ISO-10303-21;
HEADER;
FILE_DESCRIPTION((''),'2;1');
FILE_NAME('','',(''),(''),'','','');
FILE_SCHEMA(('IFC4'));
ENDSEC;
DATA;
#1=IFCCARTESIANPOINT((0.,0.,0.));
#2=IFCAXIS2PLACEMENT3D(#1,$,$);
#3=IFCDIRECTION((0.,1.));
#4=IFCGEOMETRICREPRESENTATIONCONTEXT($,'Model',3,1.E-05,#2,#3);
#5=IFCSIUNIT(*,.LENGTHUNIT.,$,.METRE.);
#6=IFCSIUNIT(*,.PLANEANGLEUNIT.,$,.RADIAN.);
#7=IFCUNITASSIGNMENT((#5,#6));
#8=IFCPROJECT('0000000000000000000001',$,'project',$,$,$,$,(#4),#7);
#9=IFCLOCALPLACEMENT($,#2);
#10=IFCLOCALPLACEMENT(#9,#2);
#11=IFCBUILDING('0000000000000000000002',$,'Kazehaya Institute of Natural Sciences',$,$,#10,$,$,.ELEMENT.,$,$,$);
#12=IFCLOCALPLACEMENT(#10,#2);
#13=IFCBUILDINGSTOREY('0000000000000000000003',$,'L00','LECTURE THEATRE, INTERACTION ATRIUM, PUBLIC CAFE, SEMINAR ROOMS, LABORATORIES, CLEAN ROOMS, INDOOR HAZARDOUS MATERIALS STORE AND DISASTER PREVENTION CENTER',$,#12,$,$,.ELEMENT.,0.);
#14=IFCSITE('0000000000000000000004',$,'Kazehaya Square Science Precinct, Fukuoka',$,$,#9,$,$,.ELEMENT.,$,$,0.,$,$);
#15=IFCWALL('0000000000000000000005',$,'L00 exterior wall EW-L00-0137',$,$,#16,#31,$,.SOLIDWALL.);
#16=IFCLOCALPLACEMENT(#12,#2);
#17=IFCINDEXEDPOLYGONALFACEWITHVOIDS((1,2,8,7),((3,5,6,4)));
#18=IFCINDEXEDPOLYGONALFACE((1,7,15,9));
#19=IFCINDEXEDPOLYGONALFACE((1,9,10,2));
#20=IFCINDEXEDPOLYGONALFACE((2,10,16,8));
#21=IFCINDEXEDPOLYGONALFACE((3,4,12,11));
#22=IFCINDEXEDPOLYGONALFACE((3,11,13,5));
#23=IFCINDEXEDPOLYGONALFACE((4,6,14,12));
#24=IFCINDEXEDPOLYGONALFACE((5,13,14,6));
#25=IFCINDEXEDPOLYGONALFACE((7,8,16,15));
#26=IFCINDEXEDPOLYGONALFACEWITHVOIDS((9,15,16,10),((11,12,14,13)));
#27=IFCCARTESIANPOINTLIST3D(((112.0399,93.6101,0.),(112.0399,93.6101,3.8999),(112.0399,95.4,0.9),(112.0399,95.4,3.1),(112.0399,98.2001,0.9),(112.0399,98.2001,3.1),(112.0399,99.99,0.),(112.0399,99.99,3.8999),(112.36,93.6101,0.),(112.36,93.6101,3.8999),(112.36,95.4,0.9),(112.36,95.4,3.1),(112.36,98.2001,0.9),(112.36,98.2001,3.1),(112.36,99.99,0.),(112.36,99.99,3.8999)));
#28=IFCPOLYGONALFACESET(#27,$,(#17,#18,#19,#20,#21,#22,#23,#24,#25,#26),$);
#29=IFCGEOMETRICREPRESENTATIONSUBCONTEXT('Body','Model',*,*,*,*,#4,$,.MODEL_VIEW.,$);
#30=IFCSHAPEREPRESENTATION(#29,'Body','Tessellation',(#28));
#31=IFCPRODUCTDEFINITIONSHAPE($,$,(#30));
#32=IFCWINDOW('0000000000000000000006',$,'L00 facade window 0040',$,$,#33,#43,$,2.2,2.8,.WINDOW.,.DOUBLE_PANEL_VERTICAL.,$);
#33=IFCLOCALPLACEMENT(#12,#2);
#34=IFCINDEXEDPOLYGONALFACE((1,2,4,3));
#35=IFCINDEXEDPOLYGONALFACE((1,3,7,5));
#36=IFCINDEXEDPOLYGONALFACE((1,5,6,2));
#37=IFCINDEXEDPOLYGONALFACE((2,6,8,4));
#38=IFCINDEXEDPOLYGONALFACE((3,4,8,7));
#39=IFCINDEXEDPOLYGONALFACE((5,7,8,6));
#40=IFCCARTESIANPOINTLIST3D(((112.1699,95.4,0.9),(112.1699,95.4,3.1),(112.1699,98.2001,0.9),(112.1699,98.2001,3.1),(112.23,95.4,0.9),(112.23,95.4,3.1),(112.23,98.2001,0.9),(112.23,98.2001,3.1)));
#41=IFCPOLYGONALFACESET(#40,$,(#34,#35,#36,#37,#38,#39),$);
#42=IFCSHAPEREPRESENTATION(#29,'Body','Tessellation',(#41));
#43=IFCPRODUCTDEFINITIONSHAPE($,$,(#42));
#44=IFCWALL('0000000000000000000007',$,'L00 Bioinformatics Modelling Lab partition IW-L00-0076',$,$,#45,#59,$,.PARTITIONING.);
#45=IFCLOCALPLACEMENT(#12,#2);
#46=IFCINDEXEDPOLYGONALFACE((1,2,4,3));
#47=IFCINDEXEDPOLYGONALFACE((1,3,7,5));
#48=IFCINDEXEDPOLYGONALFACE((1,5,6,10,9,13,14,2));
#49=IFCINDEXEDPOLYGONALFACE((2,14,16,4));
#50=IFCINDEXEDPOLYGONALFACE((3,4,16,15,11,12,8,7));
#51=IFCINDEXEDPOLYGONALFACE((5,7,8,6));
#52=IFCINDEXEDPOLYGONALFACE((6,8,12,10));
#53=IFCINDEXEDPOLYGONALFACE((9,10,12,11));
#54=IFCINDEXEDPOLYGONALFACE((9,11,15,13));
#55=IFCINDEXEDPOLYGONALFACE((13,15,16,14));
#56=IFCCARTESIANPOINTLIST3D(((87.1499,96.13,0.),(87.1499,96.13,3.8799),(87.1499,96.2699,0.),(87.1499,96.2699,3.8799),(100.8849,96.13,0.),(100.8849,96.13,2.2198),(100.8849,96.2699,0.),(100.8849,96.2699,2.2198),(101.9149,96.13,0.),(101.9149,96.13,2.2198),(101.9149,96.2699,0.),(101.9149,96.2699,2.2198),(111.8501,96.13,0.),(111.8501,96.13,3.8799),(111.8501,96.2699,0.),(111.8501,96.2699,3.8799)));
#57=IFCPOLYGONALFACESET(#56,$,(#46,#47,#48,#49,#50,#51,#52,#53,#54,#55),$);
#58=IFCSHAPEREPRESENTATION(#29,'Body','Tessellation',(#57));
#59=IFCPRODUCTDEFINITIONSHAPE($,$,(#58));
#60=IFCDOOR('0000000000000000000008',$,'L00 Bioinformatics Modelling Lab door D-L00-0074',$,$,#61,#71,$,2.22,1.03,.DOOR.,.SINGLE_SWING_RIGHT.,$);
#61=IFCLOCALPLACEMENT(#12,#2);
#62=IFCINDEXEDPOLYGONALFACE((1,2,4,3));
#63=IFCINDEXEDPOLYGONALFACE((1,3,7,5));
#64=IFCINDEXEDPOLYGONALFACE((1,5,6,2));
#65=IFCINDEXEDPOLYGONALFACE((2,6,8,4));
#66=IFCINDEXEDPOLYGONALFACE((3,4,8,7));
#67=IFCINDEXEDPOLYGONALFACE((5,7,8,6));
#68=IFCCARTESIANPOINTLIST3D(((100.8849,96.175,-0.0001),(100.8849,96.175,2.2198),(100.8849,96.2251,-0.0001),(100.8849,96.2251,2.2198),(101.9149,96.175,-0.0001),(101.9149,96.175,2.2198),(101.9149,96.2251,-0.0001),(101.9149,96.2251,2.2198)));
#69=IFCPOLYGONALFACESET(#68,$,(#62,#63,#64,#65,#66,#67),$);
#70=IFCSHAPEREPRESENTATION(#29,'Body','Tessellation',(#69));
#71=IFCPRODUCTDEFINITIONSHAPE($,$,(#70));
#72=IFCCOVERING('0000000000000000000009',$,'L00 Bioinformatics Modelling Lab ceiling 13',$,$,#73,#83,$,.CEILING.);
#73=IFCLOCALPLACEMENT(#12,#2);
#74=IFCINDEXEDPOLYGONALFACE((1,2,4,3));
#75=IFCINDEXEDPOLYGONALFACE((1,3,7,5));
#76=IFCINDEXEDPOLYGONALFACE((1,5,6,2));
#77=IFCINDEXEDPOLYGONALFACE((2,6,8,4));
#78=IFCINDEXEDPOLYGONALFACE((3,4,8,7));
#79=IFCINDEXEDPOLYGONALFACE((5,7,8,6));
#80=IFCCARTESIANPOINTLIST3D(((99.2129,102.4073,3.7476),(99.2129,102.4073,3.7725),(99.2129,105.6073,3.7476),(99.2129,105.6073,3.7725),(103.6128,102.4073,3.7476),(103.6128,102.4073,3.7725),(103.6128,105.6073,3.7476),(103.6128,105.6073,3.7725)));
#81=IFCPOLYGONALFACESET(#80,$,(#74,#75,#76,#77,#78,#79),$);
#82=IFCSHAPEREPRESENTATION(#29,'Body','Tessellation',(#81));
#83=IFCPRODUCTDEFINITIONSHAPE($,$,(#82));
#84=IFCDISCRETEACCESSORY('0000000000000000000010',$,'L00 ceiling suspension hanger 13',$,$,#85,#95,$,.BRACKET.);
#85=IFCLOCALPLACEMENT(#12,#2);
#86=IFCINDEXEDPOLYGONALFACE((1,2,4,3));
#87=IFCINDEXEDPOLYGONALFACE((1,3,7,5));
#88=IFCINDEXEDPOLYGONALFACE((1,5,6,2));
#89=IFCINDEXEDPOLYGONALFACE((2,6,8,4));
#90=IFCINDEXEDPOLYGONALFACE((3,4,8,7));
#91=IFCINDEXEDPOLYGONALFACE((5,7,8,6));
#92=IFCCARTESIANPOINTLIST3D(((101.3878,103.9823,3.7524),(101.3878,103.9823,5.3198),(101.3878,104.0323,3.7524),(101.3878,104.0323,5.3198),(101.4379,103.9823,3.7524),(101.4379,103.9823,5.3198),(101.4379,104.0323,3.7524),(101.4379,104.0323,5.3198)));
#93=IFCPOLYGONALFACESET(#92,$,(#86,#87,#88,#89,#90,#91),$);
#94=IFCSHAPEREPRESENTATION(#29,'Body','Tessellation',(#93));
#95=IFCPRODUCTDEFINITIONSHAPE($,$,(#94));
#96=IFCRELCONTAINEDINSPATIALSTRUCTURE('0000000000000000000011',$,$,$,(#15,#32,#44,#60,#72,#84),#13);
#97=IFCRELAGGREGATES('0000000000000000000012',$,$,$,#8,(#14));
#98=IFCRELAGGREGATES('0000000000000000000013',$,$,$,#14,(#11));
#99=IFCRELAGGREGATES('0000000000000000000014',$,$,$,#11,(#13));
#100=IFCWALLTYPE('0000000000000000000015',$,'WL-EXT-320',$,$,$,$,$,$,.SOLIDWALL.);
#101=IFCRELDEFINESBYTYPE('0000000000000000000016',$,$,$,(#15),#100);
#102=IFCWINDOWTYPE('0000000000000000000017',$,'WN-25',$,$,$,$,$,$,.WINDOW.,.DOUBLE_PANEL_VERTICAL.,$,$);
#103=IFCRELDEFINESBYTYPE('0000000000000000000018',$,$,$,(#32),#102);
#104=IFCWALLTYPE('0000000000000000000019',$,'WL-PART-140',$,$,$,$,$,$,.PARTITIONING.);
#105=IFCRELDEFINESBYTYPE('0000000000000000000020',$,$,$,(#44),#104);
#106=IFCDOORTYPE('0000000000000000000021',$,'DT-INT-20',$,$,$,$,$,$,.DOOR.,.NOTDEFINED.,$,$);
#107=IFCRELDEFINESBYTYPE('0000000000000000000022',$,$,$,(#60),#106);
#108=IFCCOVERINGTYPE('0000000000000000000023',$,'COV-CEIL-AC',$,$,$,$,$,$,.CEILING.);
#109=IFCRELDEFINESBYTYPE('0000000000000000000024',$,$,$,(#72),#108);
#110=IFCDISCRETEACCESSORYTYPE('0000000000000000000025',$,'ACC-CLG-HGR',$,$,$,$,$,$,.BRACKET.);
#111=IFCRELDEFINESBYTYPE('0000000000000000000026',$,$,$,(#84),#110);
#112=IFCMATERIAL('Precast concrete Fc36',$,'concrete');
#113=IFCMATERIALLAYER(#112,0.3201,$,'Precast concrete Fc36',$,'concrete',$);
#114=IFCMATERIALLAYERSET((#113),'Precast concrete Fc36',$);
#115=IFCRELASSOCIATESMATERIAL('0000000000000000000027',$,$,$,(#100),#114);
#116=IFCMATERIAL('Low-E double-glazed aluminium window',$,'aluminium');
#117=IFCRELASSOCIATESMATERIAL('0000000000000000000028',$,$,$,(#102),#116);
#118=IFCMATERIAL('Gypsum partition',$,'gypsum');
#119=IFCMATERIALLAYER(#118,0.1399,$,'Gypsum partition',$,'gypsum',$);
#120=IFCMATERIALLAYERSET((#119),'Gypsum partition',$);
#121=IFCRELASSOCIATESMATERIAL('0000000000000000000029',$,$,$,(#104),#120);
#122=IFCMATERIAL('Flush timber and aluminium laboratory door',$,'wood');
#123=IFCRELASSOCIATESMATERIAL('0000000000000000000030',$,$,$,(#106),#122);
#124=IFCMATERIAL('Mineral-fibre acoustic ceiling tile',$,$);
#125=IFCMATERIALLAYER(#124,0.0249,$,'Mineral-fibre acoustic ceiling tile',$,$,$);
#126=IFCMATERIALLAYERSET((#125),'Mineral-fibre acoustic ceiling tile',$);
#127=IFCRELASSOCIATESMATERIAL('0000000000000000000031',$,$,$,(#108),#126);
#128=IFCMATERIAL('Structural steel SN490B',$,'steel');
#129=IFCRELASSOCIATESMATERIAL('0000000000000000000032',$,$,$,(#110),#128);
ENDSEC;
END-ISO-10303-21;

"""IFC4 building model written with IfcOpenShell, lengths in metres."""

from ifc_helpers import new_model, si_unit, direction, frame, frame_2d, origin, origin_2d, place, context, subcontext, project, spatial, rectangle, extrude, material, layer, layer_set, type_object, element, fill, save


model = new_model("IFC4")

# Units and contexts
model_context = context("Model", 3, precision=1e-05, world=origin(), true_north=direction((0.0, 1.0)))
body_context = subcontext(model_context, "Body", "Model", "MODEL_VIEW")
ifc_project = project(units=[si_unit("LENGTHUNIT", "METRE"), si_unit("PLANEANGLEUNIT", "RADIAN")], contexts=[model_context])

# Site, building, storey
site_placement = place(None, origin())
site = spatial("IfcSite", under=ifc_project, at=site_placement, Name="Kazehaya Square Science Precinct, Fukuoka", CompositionType="ELEMENT", RefElevation=0.0)
building_placement = place(site_placement, origin())
building = spatial("IfcBuilding", under=site, at=building_placement, Name="Kazehaya Institute of Natural Sciences", CompositionType="ELEMENT")
storey_placement = place(building_placement, origin())
storey = spatial("IfcBuildingStorey", under=building, at=storey_placement, Name="L00", Description="LECTURE THEATRE, INTERACTION ATRIUM, PUBLIC CAFE, SEMINAR ROOMS, LABORATORIES, CLEAN ROOMS, INDOOR HAZARDOUS MATERIALS STORE AND DISASTER PREVENTION CENTER", CompositionType="ELEMENT", Elevation=0.0)

# Wall, opening, window
ifc_material_1 = material(Name="Precast concrete Fc36", Category="concrete")
ifc_layer_1 = layer(ifc_material_1, 0.3201, Name="Precast concrete Fc36", Category="concrete")
ifc_layer_set_1 = layer_set([ifc_layer_1], Name="Precast concrete Fc36")
wall_type_1 = type_object("IfcWallType", Name="WL-EXT-320", PredefinedType="SOLIDWALL", material=ifc_layer_set_1)
ifc_material_2 = material(Name="Low-E double-glazed aluminium window", Category="aluminium")
window_type = type_object("IfcWindowType", Name="WN-25", PartitioningType="DOUBLE_PANEL_VERTICAL", PredefinedType="WINDOW", material=ifc_material_2)
wall_1_placement = place(storey_placement, frame((112.2, 99.99, 0.0), z_axis=(0.0, 0.0, 1.0), x_axis=(0.0, -1.0, 0.0)))
wall_1 = element("IfcWall", 1, at=wall_1_placement, inside=storey, type_object=wall_type_1, Name="L00 exterior wall EW-L00-0137", PredefinedType="SOLIDWALL", context=body_context, shape_type="SweptSolid", body=[
    extrude(rectangle(XDim=6.3799, YDim=0.3201, at=frame_2d((3.1899, 0.0))), origin(), (0.0, 0.0, 1.0), 3.8999),
])
opening_1_placement = place(wall_1_placement, frame((1.79, 0.0, 0.8999)))
opening_1 = element("IfcOpeningElement", 2, at=opening_1_placement, cuts=wall_1, PredefinedType="OPENING", context=body_context, shape_type="SweptSolid", body=[
    extrude(rectangle(XDim=2.8, YDim=2.2, at=frame_2d((1.3999, 1.1001))), frame((0.0, 0.1699, 0.0), z_axis=(0.0, -1.0, 0.0), x_axis=(1.0, 0.0, 0.0)), (0.0, 0.0, 1.0), 0.3401),
])
window_1_placement = place(opening_1_placement, origin())
window_1 = element("IfcWindow", 3, at=window_1_placement, inside=storey, type_object=window_type, Name="L00 facade window 0040", OverallHeight=2.2, OverallWidth=2.8, PartitioningType="DOUBLE_PANEL_VERTICAL", PredefinedType="WINDOW", context=body_context, shape_type="SweptSolid", body=[
    extrude(rectangle(XDim=2.8, YDim=2.2, at=frame_2d((1.3999, 1.1001))), frame((0.0, 0.03, 0.0), z_axis=(0.0, -1.0, 0.0), x_axis=(1.0, 0.0, 0.0)), (0.0, 0.0, 1.0), 0.0601),
])
fill(opening_1, window_1)

# Wall, opening, door
ifc_material_3 = material(Name="Gypsum partition", Category="gypsum")
ifc_layer_2 = layer(ifc_material_3, 0.1399, Name="Gypsum partition", Category="gypsum")
ifc_layer_set_2 = layer_set([ifc_layer_2], Name="Gypsum partition")
wall_type_2 = type_object("IfcWallType", Name="WL-PART-140", PredefinedType="PARTITIONING", material=ifc_layer_set_2)
wall_2_placement = place(storey_placement, frame((111.8501, 96.2, 0.0), z_axis=(0.0, 0.0, 1.0), x_axis=(-1.0, 0.0, 0.0)))
wall_2 = element("IfcWall", 4, at=wall_2_placement, inside=storey, type_object=wall_type_2, Name="L00 Bioinformatics Modelling Lab partition IW-L00-0076", PredefinedType="PARTITIONING", context=body_context, shape_type="SweptSolid", body=[
    extrude(rectangle(XDim=24.7002, YDim=0.1399, at=frame_2d((12.3501, 0.0))), origin(), (0.0, 0.0, 1.0), 3.8799),
])
opening_2_placement = place(wall_2_placement, frame((9.9351, 0.0, 0.0)))
opening_2 = element("IfcOpeningElement", 5, at=opening_2_placement, cuts=wall_2, PredefinedType="OPENING", context=body_context, shape_type="SweptSolid", body=[
    extrude(rectangle(XDim=1.03, YDim=2.22, at=frame_2d((0.5151, 1.1099))), frame((0.0, 0.0798, 0.0), z_axis=(0.0, -1.0, 0.0), x_axis=(1.0, 0.0, 0.0)), (0.0, 0.0, 1.0), 0.1599),
])
ifc_material_4 = material(Name="Flush timber and aluminium laboratory door", Category="wood")
door_type = type_object("IfcDoorType", Name="DT-INT-20", OperationType="NOTDEFINED", PredefinedType="DOOR", material=ifc_material_4)
door_placement = place(opening_2_placement, origin())
door = element("IfcDoor", 6, at=door_placement, inside=storey, type_object=door_type, Name="L00 Bioinformatics Modelling Lab door D-L00-0074", OperationType="SINGLE_SWING_RIGHT", OverallHeight=2.22, OverallWidth=1.03, PredefinedType="DOOR", context=body_context, shape_type="SweptSolid", body=[
    extrude(rectangle(XDim=1.03, YDim=2.22, at=frame_2d((0.5151, 1.1099))), frame((0.0, 0.0249, 0.0), z_axis=(0.0, -1.0, 0.0), x_axis=(1.0, 0.0, 0.0)), (0.0, 0.0, 1.0), 0.05),
])
fill(opening_2, door)

# Covering
ifc_material_5 = material(Name="Mineral-fibre acoustic ceiling tile")
ifc_layer_3 = layer(ifc_material_5, 0.0249, Name="Mineral-fibre acoustic ceiling tile")
ifc_layer_set_3 = layer_set([ifc_layer_3], Name="Mineral-fibre acoustic ceiling tile")
covering_type = type_object("IfcCoveringType", Name="COV-CEIL-AC", PredefinedType="CEILING", material=ifc_layer_set_3)
covering_placement = place(storey_placement, frame((101.4128, 104.0073, 3.7476), z_axis=(0.0, 0.0, 1.0), x_axis=(1.0, 0.0, 0.0)))
element("IfcCovering", 7, at=covering_placement, inside=storey, type_object=covering_type, Name="L00 Bioinformatics Modelling Lab ceiling 13", PredefinedType="CEILING", context=body_context, shape_type="SweptSolid", body=[
    extrude(rectangle(XDim=4.3999, YDim=3.2, at=origin_2d()), origin(), (0.0, 0.0, 1.0), 0.0249),
])

# Discrete accessory
ifc_material_6 = material(Name="Structural steel SN490B", Category="steel")
discrete_accessory_type = type_object("IfcDiscreteAccessoryType", Name="ACC-CLG-HGR", PredefinedType="BRACKET", material=ifc_material_6)
discrete_accessory_placement = place(storey_placement, frame((101.4128, 104.0073, 3.7524), z_axis=(0.0, 0.0, 1.0), x_axis=(1.0, 0.0, 0.0)))
element("IfcDiscreteAccessory", 8, at=discrete_accessory_placement, inside=storey, type_object=discrete_accessory_type, Name="L00 ceiling suspension hanger 13", PredefinedType="BRACKET", context=body_context, shape_type="SweptSolid", body=[
    extrude(rectangle(XDim=0.05, YDim=0.05, at=origin_2d()), origin(), (0.0, 0.0, 1.0), 1.5674),
])

save(model, "model.ifc")
